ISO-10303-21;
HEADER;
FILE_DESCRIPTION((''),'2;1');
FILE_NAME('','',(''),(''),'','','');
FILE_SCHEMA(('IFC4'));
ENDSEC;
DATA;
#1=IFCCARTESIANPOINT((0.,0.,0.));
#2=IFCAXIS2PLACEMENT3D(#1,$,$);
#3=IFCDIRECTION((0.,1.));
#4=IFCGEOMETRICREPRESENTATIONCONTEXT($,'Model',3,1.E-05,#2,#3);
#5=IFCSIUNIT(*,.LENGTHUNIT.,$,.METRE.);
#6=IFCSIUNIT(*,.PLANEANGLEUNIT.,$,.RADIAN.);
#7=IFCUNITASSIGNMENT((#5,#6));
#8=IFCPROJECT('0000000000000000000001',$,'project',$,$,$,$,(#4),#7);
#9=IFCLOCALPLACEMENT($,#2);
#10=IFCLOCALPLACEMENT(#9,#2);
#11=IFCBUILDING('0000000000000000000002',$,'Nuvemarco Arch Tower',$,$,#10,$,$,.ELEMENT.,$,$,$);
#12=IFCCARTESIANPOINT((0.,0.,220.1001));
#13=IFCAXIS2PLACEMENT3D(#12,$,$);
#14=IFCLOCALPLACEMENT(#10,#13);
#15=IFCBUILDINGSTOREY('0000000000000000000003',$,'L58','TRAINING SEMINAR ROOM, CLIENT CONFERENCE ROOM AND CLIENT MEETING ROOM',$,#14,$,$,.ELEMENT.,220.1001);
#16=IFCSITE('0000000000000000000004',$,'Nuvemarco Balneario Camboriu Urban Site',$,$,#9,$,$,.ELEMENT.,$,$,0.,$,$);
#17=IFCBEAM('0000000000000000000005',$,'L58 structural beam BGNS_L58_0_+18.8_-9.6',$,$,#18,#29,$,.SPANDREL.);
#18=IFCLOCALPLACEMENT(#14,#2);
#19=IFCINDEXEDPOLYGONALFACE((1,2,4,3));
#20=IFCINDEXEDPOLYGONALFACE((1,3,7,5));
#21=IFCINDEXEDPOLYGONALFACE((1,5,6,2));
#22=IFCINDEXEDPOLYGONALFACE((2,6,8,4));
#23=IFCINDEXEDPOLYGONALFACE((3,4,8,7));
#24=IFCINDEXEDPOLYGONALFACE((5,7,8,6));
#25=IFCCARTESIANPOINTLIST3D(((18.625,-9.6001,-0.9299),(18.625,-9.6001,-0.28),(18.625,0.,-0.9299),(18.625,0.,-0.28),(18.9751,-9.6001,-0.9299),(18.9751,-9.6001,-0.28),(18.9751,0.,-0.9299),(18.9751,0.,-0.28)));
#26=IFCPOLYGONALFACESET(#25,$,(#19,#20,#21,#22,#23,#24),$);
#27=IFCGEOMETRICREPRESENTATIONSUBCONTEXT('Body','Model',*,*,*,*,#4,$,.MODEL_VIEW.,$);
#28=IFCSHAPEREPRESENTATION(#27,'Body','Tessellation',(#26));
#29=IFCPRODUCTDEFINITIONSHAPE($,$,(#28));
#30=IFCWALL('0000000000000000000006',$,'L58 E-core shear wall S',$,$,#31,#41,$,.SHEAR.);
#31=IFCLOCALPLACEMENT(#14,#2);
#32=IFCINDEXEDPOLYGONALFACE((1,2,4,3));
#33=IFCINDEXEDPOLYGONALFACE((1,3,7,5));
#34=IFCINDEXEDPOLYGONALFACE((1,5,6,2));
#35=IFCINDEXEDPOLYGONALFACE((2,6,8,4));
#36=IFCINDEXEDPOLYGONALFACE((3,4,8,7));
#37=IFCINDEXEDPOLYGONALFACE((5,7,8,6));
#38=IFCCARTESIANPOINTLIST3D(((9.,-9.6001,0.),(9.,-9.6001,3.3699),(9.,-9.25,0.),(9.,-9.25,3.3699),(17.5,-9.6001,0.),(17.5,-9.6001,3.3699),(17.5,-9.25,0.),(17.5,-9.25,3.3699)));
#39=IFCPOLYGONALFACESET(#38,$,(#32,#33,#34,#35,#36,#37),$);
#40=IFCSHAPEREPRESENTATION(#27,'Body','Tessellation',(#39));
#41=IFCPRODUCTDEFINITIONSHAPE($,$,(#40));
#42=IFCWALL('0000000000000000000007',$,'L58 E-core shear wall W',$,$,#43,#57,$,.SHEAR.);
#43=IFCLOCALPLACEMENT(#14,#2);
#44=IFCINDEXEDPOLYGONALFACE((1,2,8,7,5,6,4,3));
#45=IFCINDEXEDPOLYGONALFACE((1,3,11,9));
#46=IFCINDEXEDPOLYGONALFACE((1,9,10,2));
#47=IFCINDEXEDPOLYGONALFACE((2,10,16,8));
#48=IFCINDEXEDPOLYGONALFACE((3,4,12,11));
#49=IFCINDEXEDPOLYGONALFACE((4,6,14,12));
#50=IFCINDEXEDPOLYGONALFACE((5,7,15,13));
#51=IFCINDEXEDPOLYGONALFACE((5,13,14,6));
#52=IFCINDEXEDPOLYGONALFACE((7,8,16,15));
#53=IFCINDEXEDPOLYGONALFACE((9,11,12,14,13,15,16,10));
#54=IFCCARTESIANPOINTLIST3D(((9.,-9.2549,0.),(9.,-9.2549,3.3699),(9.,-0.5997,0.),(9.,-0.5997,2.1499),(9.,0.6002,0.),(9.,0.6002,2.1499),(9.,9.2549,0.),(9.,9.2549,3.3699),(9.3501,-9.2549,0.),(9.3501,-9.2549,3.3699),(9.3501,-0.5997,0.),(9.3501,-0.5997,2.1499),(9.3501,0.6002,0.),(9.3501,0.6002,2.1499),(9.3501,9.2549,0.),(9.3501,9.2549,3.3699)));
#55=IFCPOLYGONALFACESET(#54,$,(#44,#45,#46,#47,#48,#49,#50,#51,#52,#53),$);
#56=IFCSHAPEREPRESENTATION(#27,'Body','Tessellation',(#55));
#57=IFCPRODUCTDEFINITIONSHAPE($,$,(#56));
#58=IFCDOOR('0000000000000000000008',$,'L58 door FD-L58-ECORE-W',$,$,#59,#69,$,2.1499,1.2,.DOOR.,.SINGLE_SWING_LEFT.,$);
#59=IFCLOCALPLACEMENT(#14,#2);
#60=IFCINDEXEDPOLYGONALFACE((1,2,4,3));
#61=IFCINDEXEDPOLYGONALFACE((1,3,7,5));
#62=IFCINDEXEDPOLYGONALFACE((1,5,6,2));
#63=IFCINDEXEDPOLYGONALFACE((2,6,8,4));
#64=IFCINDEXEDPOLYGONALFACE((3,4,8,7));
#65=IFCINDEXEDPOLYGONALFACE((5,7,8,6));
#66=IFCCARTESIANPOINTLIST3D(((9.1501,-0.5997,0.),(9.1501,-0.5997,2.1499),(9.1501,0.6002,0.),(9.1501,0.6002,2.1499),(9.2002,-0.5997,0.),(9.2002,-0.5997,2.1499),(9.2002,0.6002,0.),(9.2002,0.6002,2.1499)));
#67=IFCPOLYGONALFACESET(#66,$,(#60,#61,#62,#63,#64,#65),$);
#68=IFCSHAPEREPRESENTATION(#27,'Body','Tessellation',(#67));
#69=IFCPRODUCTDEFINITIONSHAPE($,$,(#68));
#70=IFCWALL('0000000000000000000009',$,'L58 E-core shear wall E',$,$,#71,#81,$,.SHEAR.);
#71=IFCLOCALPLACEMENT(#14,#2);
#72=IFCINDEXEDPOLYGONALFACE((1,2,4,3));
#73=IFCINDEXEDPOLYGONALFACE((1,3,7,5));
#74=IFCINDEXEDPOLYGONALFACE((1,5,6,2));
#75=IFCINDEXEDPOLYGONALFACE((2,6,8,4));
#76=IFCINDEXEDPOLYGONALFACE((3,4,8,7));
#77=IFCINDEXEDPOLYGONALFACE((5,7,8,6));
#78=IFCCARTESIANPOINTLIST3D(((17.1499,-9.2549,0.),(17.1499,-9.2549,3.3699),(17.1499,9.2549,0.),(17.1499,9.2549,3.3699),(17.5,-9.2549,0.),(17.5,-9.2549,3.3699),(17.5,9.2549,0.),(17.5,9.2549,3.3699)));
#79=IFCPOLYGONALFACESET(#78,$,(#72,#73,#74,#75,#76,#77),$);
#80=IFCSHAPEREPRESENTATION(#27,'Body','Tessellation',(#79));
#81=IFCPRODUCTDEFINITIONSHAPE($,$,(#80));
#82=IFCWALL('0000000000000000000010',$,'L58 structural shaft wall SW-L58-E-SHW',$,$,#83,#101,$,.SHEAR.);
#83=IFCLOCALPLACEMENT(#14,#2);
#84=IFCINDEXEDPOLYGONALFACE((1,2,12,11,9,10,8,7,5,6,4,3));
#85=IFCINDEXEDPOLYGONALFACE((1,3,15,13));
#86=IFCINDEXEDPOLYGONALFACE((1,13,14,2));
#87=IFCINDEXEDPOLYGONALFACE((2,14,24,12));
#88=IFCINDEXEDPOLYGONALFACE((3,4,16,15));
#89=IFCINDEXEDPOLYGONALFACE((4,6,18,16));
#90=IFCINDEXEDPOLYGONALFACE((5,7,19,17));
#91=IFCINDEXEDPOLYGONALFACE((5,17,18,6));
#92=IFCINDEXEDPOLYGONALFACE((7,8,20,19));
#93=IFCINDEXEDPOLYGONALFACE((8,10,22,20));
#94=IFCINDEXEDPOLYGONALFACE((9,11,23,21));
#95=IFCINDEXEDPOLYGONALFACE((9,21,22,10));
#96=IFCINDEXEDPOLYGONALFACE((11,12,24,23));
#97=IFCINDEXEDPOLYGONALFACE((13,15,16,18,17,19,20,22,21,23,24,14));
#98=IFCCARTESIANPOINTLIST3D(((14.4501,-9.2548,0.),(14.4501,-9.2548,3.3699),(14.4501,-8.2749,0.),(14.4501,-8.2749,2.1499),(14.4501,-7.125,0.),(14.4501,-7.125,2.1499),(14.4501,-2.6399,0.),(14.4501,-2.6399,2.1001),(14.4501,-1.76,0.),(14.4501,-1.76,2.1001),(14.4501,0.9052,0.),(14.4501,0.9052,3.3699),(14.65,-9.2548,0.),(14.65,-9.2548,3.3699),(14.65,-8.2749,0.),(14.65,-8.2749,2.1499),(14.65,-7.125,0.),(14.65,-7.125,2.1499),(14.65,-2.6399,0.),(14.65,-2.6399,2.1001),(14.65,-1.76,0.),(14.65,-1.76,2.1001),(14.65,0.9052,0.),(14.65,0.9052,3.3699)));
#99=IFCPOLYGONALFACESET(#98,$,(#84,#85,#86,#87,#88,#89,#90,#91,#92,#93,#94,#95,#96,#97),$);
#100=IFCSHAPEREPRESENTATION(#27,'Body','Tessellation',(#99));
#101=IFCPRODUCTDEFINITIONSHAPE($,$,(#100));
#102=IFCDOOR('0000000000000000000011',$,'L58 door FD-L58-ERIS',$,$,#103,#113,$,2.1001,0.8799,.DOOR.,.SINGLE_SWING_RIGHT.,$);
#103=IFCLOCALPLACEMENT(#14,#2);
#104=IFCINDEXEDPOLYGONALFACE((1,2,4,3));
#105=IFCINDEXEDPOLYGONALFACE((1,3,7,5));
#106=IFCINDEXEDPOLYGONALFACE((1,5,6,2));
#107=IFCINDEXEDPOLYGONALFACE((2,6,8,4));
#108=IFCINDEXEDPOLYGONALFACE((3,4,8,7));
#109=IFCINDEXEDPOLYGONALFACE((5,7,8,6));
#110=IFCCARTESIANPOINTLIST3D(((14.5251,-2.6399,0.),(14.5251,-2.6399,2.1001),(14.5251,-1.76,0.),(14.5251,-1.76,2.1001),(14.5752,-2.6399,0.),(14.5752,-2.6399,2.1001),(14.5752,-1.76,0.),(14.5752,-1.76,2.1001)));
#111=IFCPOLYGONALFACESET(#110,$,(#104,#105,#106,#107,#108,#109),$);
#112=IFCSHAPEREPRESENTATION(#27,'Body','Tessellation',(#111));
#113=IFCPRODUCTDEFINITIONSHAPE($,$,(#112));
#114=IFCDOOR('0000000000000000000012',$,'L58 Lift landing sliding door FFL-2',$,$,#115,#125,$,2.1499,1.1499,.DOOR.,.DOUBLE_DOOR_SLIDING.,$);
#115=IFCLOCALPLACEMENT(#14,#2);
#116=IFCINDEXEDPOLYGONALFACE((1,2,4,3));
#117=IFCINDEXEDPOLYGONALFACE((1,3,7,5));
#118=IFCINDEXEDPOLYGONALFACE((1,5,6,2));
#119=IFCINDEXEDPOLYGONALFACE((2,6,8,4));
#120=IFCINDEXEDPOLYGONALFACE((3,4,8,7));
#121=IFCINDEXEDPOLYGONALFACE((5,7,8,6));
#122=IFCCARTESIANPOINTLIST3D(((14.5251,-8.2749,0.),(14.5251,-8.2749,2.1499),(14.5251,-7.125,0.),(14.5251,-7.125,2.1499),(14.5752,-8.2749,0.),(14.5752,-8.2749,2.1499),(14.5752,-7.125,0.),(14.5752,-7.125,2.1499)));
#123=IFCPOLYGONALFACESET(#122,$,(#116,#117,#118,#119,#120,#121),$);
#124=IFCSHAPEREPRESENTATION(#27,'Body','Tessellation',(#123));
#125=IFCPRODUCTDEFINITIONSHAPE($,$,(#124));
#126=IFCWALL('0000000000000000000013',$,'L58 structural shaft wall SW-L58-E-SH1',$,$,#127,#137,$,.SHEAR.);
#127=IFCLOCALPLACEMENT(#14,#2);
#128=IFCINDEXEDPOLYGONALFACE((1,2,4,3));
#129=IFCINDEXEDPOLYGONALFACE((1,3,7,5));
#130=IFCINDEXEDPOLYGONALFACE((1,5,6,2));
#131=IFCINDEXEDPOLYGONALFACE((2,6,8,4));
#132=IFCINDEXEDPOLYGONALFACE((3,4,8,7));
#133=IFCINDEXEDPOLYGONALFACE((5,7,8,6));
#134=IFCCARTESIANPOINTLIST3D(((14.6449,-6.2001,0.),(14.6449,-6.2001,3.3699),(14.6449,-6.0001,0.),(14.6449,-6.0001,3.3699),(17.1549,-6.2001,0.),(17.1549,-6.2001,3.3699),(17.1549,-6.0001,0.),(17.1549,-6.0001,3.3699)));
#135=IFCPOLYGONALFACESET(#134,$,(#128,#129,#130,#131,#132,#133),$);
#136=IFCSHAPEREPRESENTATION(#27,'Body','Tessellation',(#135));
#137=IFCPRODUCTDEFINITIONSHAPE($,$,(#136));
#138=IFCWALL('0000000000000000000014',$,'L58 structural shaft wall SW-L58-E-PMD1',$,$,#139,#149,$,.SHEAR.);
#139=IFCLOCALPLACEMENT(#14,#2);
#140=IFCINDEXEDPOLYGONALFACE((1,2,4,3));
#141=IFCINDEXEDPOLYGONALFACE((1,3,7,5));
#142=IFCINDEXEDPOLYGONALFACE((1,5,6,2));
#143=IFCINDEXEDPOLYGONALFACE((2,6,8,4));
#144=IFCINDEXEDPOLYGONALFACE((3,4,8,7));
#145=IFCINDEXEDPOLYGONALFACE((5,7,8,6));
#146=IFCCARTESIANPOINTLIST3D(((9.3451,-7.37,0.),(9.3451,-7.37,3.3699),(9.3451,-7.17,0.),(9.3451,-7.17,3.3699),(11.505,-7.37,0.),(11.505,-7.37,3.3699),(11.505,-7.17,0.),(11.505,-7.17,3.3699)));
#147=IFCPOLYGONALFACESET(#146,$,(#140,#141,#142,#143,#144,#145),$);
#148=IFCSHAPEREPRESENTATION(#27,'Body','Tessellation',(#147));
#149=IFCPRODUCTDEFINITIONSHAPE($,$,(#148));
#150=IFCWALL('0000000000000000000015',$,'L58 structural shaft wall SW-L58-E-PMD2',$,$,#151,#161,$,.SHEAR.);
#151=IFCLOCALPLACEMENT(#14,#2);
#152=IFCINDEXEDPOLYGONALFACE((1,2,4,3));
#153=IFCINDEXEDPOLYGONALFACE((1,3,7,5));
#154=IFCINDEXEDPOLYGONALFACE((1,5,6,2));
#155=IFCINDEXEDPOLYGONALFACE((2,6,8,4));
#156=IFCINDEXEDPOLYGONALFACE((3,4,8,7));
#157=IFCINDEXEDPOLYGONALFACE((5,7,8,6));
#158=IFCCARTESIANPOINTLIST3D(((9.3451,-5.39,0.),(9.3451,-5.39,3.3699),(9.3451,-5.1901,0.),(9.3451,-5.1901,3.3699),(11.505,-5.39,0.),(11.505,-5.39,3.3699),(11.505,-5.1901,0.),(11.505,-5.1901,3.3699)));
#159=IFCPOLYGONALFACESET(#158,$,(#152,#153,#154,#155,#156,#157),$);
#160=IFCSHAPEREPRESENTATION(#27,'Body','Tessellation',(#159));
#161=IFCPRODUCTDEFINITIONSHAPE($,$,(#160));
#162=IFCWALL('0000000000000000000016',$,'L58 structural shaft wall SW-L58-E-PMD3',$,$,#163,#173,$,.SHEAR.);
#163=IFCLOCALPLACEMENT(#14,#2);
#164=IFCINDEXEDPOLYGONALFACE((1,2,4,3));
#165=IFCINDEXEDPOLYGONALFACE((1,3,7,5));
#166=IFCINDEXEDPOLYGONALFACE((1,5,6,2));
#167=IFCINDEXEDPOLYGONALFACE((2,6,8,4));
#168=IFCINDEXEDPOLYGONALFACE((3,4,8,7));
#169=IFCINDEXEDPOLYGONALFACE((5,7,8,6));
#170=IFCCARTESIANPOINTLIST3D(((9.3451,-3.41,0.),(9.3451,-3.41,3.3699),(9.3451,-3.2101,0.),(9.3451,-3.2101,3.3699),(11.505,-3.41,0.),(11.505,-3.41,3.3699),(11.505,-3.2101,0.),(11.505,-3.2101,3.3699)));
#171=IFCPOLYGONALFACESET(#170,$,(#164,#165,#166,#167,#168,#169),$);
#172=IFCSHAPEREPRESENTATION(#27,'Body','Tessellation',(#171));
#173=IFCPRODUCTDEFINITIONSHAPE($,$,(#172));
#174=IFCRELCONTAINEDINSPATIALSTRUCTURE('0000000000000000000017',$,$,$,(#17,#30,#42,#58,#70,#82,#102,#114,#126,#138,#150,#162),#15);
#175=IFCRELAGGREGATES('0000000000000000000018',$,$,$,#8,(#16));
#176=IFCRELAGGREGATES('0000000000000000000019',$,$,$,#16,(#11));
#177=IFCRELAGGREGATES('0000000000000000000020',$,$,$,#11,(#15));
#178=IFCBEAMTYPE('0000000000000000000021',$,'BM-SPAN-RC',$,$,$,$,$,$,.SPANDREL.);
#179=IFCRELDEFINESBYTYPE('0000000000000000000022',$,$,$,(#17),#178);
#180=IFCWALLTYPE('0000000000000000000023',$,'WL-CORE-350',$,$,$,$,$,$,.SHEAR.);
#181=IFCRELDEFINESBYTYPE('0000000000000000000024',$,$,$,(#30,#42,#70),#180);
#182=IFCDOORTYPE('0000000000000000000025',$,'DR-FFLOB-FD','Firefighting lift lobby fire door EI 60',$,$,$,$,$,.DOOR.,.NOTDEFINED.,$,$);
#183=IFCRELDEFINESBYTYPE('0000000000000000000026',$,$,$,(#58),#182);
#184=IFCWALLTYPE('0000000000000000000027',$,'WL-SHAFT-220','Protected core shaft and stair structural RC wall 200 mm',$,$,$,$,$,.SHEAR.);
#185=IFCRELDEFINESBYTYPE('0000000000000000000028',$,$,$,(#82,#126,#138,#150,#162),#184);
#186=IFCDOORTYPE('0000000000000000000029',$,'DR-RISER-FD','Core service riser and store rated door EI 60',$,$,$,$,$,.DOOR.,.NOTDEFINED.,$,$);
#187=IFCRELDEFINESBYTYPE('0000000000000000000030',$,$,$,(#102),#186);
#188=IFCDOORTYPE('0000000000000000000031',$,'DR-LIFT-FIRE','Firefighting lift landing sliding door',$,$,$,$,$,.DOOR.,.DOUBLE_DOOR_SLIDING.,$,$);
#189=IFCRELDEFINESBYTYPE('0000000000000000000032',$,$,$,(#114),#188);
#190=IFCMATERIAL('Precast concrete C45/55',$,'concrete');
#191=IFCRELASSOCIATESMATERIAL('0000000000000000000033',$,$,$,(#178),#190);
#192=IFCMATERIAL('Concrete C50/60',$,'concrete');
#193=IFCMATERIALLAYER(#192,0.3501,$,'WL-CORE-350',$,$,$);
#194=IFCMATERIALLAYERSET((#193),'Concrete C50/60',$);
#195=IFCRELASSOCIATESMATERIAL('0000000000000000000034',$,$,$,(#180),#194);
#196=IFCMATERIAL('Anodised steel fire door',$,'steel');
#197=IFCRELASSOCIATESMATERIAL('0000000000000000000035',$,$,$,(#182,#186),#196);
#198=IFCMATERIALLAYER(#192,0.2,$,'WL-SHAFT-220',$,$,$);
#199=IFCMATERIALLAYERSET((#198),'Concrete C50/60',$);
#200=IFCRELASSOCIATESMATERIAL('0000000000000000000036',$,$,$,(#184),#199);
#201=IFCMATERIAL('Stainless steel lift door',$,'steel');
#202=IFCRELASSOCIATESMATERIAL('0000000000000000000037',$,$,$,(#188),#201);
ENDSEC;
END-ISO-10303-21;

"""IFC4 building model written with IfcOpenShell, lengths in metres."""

from ifc_helpers import new_model, si_unit, direction, frame, frame_2d, origin, origin_2d, place, context, subcontext, project, spatial, rectangle, extrude, source, transform, mapped, material, layer, layer_set, material_profile, profile_set, type_object, type_shapes, element, fill, save


model = new_model("IFC4")

# Units and contexts
model_context = context("Model", 3, precision=1e-05, world=origin(), true_north=direction((0.0, 1.0)))
body_context = subcontext(model_context, "Body", "Model", "MODEL_VIEW")
ifc_project = project(units=[si_unit("LENGTHUNIT", "METRE"), si_unit("PLANEANGLEUNIT", "RADIAN")], contexts=[model_context])

# Site, building, storey
site_placement = place(None, origin())
site = spatial("IfcSite", under=ifc_project, at=site_placement, Name="Nuvemarco Balneario Camboriu Urban Site", CompositionType="ELEMENT", RefElevation=0.0)
building_placement = place(site_placement, origin())
building = spatial("IfcBuilding", under=site, at=building_placement, Name="Nuvemarco Arch Tower", CompositionType="ELEMENT")
storey_placement = place(building_placement, frame((0.0, 0.0, 220.1001)))
storey = spatial("IfcBuildingStorey", under=building, at=storey_placement, Name="L58", Description="TRAINING SEMINAR ROOM, CLIENT CONFERENCE ROOM AND CLIENT MEETING ROOM", CompositionType="ELEMENT", Elevation=220.1001)

# Shared definitions
ifc_material_1 = material(Name="Concrete C50/60", Category="concrete")

# Beam
ifc_material_2 = material(Name="Precast concrete C45/55", Category="concrete")
ifc_material_profile_1 = material_profile(ifc_material_2, rectangle(XDim=0.3501, YDim=0.6499, at=origin_2d()), Name="PC-SP-350x650")
ifc_profile_set_1 = profile_set([ifc_material_profile_1], Name="Precast concrete C45/55")
beam_type_1 = type_object("IfcBeamType", Name="BM-SPAN-RC", PredefinedType="SPANDREL", material=ifc_profile_set_1)
beam_1_placement = place(storey_placement, frame((18.8, -9.6001, -0.605), z_axis=(0.0, 1.0, 0.0), x_axis=(-1.0, 0.0, 0.0)))
element("IfcBeam", 1, at=beam_1_placement, inside=storey, type_object=beam_type_1, Name="L58 structural beam BGNS_L58_0_+18.8_-9.6", PredefinedType="SPANDREL", context=body_context, shape_type="SweptSolid", body=[
    extrude(rectangle(XDim=0.3501, YDim=0.6499, at=origin_2d()), origin(), (0.0, 0.0, 1.0), 9.6001),
])

# Wall
ifc_layer_1 = layer(ifc_material_1, 0.3501, Name="WL-CORE-350")
ifc_layer_set_1 = layer_set([ifc_layer_1], Name="Concrete C50/60")
wall_type_1 = type_object("IfcWallType", Name="WL-CORE-350", PredefinedType="SHEAR", material=ifc_layer_set_1)
wall_1_placement = place(storey_placement, frame((9.0, -9.425, 0.0), z_axis=(0.0, 0.0, 1.0), x_axis=(1.0, 0.0, 0.0)))
element("IfcWall", 2, at=wall_1_placement, inside=storey, type_object=wall_type_1, Name="L58 E-core shear wall S", PredefinedType="SHEAR", context=body_context, shape_type="SweptSolid", body=[
    extrude(rectangle(XDim=8.5, YDim=0.3501, at=frame_2d((4.25, 0.0))), origin(), (0.0, 0.0, 1.0), 3.3699),
])

# Wall, opening, door
wall_2_placement = place(storey_placement, frame((9.175, -9.2549, 0.0), z_axis=(0.0, 0.0, 1.0), x_axis=(0.0, 1.0, 0.0)))
wall_2 = element("IfcWall", 3, at=wall_2_placement, inside=storey, type_object=wall_type_1, Name="L58 E-core shear wall W", PredefinedType="SHEAR", context=body_context, shape_type="SweptSolid", body=[
    extrude(rectangle(XDim=18.5098, YDim=0.3501, at=frame_2d((9.2549, 0.0))), origin(), (0.0, 0.0, 1.0), 3.3699),
])
opening_1_placement = place(wall_2_placement, frame((8.655, 0.0, 0.0)))
opening_1 = element("IfcOpeningElement", 4, at=opening_1_placement, cuts=wall_2, PredefinedType="OPENING", context=body_context, shape_type="SweptSolid", body=[
    extrude(rectangle(XDim=1.2, YDim=2.1499, at=frame_2d((0.6001, 1.075))), frame((0.0, 0.1851, 0.0), z_axis=(0.0, -1.0, 0.0), x_axis=(1.0, 0.0, 0.0)), (0.0, 0.0, 1.0), 0.3701),
])
ifc_material_3 = material(Name="Anodised steel fire door", Category="steel")
door_type_1 = type_object("IfcDoorType", Name="DR-FFLOB-FD", Description="Firefighting lift lobby fire door EI 60", OperationType="NOTDEFINED", PredefinedType="DOOR", material=ifc_material_3)
shared_shape_1 = source(origin(), body_context, "Body", "SweptSolid", [
    extrude(rectangle(XDim=1.2, YDim=2.1499, at=frame_2d((0.6001, 1.075))), frame((0.0, 0.0249, 0.0), z_axis=(0.0, -1.0, 0.0), x_axis=(1.0, 0.0, 0.0)), (0.0, 0.0, 1.0), 0.05),
])
type_shapes(door_type_1, [shared_shape_1])
door_1_placement = place(opening_1_placement, origin())
door_1 = element("IfcDoor", 5, at=door_1_placement, inside=storey, type_object=door_type_1, Name="L58 door FD-L58-ECORE-W", OperationType="SINGLE_SWING_LEFT", OverallHeight=2.1499, OverallWidth=1.2, PredefinedType="DOOR", context=body_context, shape_type="MappedRepresentation", body=[
    mapped(shared_shape_1, transform((0.0, 0.0, 0.0), scale=1.0)),
])
fill(opening_1, door_1)

# Wall
wall_3_placement = place(storey_placement, frame((17.325, -9.2549, 0.0), z_axis=(0.0, 0.0, 1.0), x_axis=(0.0, 1.0, 0.0)))
element("IfcWall", 6, at=wall_3_placement, inside=storey, type_object=wall_type_1, Name="L58 E-core shear wall E", PredefinedType="SHEAR", context=body_context, shape_type="SweptSolid", body=[
    extrude(rectangle(XDim=18.5098, YDim=0.3501, at=frame_2d((9.2549, 0.0))), origin(), (0.0, 0.0, 1.0), 3.3699),
])

# Wall, openings, doors
ifc_layer_2 = layer(ifc_material_1, 0.2, Name="WL-SHAFT-220")
ifc_layer_set_2 = layer_set([ifc_layer_2], Name="Concrete C50/60")
wall_type_2 = type_object("IfcWallType", Name="WL-SHAFT-220", Description="Protected core shaft and stair structural RC wall 200 mm", PredefinedType="SHEAR", material=ifc_layer_set_2)
wall_4_placement = place(storey_placement, frame((14.55, -9.2549, 0.0), z_axis=(0.0, 0.0, 1.0), x_axis=(0.0, 1.0, 0.0)))
wall_4 = element("IfcWall", 7, at=wall_4_placement, inside=storey, type_object=wall_type_2, Name="L58 structural shaft wall SW-L58-E-SHW", PredefinedType="SHEAR", context=body_context, shape_type="SweptSolid", body=[
    extrude(rectangle(XDim=10.1599, YDim=0.2, at=frame_2d((5.0801, 0.0))), origin(), (0.0, 0.0, 1.0), 3.3699),
])
opening_2_placement = place(wall_4_placement, frame((6.615, 0.0, 0.0)))
opening_2 = element("IfcOpeningElement", 8, at=opening_2_placement, cuts=wall_4, PredefinedType="OPENING", context=body_context, shape_type="SweptSolid", body=[
    extrude(rectangle(XDim=0.8799, YDim=2.1001, at=frame_2d((0.4399, 1.05))), frame((0.0, 0.1099, 0.0), z_axis=(0.0, -1.0, 0.0), x_axis=(1.0, 0.0, 0.0)), (0.0, 0.0, 1.0), 0.22),
])
opening_3_placement = place(wall_4_placement, frame((0.98, 0.0, 0.0)))
opening_3 = element("IfcOpeningElement", 9, at=opening_3_placement, cuts=wall_4, PredefinedType="OPENING", context=body_context, shape_type="SweptSolid", body=[
    extrude(rectangle(XDim=1.1499, YDim=2.1499, at=frame_2d((0.575, 1.075))), frame((0.0, 0.1099, 0.0), z_axis=(0.0, -1.0, 0.0), x_axis=(1.0, 0.0, 0.0)), (0.0, 0.0, 1.0), 0.22),
])
door_type_2 = type_object("IfcDoorType", Name="DR-RISER-FD", Description="Core service riser and store rated door EI 60", OperationType="NOTDEFINED", PredefinedType="DOOR", material=ifc_material_3)
shared_shape_2 = source(origin(), body_context, "Body", "SweptSolid", [
    extrude(rectangle(XDim=0.8799, YDim=2.1001, at=frame_2d((0.4399, 1.05))), frame((0.0, 0.0249, 0.0), z_axis=(0.0, -1.0, 0.0), x_axis=(1.0, 0.0, 0.0)), (0.0, 0.0, 1.0), 0.05),
])
type_shapes(door_type_2, [shared_shape_2])
door_2_placement = place(opening_2_placement, origin())
door_2 = element("IfcDoor", 10, at=door_2_placement, inside=storey, type_object=door_type_2, Name="L58 door FD-L58-ERIS", OperationType="SINGLE_SWING_RIGHT", OverallHeight=2.1001, OverallWidth=0.8799, PredefinedType="DOOR", context=body_context, shape_type="MappedRepresentation", body=[
    mapped(shared_shape_2, transform((0.0, 0.0, 0.0), scale=1.0)),
])
fill(opening_2, door_2)
ifc_material_4 = material(Name="Stainless steel lift door", Category="steel")
door_type_3 = type_object("IfcDoorType", Name="DR-LIFT-FIRE", Description="Firefighting lift landing sliding door", OperationType="DOUBLE_DOOR_SLIDING", PredefinedType="DOOR", material=ifc_material_4)
shared_shape_3 = source(origin(), body_context, "Body", "SweptSolid", [
    extrude(rectangle(XDim=1.1499, YDim=2.1499, at=frame_2d((0.575, 1.075))), frame((0.0, 0.0249, 0.0), z_axis=(0.0, -1.0, 0.0), x_axis=(1.0, 0.0, 0.0)), (0.0, 0.0, 1.0), 0.05),
])
type_shapes(door_type_3, [shared_shape_3])
door_3_placement = place(opening_3_placement, origin())
door_3 = element("IfcDoor", 11, at=door_3_placement, inside=storey, type_object=door_type_3, Name="L58 Lift landing sliding door FFL-2", OperationType="DOUBLE_DOOR_SLIDING", OverallHeight=2.1499, OverallWidth=1.1499, PredefinedType="DOOR", context=body_context, shape_type="MappedRepresentation", body=[
    mapped(shared_shape_3, transform((0.0, 0.0, 0.0), scale=1.0)),
])
fill(opening_3, door_3)

# Wall
wall_5_placement = place(storey_placement, frame((14.645, -6.1001, 0.0), z_axis=(0.0, 0.0, 1.0), x_axis=(1.0, 0.0, 0.0)))
element("IfcWall", 12, at=wall_5_placement, inside=storey, type_object=wall_type_2, Name="L58 structural shaft wall SW-L58-E-SH1", PredefinedType="SHEAR", context=body_context, shape_type="SweptSolid", body=[
    extrude(rectangle(XDim=2.51, YDim=0.2, at=frame_2d((1.2549, 0.0))), origin(), (0.0, 0.0, 1.0), 3.3699),
])

# Walls
for number, where, z_axis, x_axis, name in (
    (13, (9.345, -7.27, 0.0), (0.0, 0.0, 1.0), (1.0, 0.0, 0.0), "L58 structural shaft wall SW-L58-E-PMD1"),
    (14, (9.345, -5.29, 0.0), (0.0, 0.0, 1.0), (1.0, 0.0, 0.0), "L58 structural shaft wall SW-L58-E-PMD2"),
    (15, (9.345, -3.3101, 0.0), (0.0, 0.0, 1.0), (1.0, 0.0, 0.0), "L58 structural shaft wall SW-L58-E-PMD3"),
):
    element("IfcWall", number, at=place(storey_placement, frame(where, z_axis=z_axis, x_axis=x_axis)), inside=storey, type_object=wall_type_2, Name=name, PredefinedType="SHEAR", context=body_context, shape_type="SweptSolid", body=[
        extrude(rectangle(XDim=2.1599, YDim=0.2, at=frame_2d((1.0801, 0.0))), origin(), (0.0, 0.0, 1.0), 3.3699),
    ])

save(model, "model.ifc")
